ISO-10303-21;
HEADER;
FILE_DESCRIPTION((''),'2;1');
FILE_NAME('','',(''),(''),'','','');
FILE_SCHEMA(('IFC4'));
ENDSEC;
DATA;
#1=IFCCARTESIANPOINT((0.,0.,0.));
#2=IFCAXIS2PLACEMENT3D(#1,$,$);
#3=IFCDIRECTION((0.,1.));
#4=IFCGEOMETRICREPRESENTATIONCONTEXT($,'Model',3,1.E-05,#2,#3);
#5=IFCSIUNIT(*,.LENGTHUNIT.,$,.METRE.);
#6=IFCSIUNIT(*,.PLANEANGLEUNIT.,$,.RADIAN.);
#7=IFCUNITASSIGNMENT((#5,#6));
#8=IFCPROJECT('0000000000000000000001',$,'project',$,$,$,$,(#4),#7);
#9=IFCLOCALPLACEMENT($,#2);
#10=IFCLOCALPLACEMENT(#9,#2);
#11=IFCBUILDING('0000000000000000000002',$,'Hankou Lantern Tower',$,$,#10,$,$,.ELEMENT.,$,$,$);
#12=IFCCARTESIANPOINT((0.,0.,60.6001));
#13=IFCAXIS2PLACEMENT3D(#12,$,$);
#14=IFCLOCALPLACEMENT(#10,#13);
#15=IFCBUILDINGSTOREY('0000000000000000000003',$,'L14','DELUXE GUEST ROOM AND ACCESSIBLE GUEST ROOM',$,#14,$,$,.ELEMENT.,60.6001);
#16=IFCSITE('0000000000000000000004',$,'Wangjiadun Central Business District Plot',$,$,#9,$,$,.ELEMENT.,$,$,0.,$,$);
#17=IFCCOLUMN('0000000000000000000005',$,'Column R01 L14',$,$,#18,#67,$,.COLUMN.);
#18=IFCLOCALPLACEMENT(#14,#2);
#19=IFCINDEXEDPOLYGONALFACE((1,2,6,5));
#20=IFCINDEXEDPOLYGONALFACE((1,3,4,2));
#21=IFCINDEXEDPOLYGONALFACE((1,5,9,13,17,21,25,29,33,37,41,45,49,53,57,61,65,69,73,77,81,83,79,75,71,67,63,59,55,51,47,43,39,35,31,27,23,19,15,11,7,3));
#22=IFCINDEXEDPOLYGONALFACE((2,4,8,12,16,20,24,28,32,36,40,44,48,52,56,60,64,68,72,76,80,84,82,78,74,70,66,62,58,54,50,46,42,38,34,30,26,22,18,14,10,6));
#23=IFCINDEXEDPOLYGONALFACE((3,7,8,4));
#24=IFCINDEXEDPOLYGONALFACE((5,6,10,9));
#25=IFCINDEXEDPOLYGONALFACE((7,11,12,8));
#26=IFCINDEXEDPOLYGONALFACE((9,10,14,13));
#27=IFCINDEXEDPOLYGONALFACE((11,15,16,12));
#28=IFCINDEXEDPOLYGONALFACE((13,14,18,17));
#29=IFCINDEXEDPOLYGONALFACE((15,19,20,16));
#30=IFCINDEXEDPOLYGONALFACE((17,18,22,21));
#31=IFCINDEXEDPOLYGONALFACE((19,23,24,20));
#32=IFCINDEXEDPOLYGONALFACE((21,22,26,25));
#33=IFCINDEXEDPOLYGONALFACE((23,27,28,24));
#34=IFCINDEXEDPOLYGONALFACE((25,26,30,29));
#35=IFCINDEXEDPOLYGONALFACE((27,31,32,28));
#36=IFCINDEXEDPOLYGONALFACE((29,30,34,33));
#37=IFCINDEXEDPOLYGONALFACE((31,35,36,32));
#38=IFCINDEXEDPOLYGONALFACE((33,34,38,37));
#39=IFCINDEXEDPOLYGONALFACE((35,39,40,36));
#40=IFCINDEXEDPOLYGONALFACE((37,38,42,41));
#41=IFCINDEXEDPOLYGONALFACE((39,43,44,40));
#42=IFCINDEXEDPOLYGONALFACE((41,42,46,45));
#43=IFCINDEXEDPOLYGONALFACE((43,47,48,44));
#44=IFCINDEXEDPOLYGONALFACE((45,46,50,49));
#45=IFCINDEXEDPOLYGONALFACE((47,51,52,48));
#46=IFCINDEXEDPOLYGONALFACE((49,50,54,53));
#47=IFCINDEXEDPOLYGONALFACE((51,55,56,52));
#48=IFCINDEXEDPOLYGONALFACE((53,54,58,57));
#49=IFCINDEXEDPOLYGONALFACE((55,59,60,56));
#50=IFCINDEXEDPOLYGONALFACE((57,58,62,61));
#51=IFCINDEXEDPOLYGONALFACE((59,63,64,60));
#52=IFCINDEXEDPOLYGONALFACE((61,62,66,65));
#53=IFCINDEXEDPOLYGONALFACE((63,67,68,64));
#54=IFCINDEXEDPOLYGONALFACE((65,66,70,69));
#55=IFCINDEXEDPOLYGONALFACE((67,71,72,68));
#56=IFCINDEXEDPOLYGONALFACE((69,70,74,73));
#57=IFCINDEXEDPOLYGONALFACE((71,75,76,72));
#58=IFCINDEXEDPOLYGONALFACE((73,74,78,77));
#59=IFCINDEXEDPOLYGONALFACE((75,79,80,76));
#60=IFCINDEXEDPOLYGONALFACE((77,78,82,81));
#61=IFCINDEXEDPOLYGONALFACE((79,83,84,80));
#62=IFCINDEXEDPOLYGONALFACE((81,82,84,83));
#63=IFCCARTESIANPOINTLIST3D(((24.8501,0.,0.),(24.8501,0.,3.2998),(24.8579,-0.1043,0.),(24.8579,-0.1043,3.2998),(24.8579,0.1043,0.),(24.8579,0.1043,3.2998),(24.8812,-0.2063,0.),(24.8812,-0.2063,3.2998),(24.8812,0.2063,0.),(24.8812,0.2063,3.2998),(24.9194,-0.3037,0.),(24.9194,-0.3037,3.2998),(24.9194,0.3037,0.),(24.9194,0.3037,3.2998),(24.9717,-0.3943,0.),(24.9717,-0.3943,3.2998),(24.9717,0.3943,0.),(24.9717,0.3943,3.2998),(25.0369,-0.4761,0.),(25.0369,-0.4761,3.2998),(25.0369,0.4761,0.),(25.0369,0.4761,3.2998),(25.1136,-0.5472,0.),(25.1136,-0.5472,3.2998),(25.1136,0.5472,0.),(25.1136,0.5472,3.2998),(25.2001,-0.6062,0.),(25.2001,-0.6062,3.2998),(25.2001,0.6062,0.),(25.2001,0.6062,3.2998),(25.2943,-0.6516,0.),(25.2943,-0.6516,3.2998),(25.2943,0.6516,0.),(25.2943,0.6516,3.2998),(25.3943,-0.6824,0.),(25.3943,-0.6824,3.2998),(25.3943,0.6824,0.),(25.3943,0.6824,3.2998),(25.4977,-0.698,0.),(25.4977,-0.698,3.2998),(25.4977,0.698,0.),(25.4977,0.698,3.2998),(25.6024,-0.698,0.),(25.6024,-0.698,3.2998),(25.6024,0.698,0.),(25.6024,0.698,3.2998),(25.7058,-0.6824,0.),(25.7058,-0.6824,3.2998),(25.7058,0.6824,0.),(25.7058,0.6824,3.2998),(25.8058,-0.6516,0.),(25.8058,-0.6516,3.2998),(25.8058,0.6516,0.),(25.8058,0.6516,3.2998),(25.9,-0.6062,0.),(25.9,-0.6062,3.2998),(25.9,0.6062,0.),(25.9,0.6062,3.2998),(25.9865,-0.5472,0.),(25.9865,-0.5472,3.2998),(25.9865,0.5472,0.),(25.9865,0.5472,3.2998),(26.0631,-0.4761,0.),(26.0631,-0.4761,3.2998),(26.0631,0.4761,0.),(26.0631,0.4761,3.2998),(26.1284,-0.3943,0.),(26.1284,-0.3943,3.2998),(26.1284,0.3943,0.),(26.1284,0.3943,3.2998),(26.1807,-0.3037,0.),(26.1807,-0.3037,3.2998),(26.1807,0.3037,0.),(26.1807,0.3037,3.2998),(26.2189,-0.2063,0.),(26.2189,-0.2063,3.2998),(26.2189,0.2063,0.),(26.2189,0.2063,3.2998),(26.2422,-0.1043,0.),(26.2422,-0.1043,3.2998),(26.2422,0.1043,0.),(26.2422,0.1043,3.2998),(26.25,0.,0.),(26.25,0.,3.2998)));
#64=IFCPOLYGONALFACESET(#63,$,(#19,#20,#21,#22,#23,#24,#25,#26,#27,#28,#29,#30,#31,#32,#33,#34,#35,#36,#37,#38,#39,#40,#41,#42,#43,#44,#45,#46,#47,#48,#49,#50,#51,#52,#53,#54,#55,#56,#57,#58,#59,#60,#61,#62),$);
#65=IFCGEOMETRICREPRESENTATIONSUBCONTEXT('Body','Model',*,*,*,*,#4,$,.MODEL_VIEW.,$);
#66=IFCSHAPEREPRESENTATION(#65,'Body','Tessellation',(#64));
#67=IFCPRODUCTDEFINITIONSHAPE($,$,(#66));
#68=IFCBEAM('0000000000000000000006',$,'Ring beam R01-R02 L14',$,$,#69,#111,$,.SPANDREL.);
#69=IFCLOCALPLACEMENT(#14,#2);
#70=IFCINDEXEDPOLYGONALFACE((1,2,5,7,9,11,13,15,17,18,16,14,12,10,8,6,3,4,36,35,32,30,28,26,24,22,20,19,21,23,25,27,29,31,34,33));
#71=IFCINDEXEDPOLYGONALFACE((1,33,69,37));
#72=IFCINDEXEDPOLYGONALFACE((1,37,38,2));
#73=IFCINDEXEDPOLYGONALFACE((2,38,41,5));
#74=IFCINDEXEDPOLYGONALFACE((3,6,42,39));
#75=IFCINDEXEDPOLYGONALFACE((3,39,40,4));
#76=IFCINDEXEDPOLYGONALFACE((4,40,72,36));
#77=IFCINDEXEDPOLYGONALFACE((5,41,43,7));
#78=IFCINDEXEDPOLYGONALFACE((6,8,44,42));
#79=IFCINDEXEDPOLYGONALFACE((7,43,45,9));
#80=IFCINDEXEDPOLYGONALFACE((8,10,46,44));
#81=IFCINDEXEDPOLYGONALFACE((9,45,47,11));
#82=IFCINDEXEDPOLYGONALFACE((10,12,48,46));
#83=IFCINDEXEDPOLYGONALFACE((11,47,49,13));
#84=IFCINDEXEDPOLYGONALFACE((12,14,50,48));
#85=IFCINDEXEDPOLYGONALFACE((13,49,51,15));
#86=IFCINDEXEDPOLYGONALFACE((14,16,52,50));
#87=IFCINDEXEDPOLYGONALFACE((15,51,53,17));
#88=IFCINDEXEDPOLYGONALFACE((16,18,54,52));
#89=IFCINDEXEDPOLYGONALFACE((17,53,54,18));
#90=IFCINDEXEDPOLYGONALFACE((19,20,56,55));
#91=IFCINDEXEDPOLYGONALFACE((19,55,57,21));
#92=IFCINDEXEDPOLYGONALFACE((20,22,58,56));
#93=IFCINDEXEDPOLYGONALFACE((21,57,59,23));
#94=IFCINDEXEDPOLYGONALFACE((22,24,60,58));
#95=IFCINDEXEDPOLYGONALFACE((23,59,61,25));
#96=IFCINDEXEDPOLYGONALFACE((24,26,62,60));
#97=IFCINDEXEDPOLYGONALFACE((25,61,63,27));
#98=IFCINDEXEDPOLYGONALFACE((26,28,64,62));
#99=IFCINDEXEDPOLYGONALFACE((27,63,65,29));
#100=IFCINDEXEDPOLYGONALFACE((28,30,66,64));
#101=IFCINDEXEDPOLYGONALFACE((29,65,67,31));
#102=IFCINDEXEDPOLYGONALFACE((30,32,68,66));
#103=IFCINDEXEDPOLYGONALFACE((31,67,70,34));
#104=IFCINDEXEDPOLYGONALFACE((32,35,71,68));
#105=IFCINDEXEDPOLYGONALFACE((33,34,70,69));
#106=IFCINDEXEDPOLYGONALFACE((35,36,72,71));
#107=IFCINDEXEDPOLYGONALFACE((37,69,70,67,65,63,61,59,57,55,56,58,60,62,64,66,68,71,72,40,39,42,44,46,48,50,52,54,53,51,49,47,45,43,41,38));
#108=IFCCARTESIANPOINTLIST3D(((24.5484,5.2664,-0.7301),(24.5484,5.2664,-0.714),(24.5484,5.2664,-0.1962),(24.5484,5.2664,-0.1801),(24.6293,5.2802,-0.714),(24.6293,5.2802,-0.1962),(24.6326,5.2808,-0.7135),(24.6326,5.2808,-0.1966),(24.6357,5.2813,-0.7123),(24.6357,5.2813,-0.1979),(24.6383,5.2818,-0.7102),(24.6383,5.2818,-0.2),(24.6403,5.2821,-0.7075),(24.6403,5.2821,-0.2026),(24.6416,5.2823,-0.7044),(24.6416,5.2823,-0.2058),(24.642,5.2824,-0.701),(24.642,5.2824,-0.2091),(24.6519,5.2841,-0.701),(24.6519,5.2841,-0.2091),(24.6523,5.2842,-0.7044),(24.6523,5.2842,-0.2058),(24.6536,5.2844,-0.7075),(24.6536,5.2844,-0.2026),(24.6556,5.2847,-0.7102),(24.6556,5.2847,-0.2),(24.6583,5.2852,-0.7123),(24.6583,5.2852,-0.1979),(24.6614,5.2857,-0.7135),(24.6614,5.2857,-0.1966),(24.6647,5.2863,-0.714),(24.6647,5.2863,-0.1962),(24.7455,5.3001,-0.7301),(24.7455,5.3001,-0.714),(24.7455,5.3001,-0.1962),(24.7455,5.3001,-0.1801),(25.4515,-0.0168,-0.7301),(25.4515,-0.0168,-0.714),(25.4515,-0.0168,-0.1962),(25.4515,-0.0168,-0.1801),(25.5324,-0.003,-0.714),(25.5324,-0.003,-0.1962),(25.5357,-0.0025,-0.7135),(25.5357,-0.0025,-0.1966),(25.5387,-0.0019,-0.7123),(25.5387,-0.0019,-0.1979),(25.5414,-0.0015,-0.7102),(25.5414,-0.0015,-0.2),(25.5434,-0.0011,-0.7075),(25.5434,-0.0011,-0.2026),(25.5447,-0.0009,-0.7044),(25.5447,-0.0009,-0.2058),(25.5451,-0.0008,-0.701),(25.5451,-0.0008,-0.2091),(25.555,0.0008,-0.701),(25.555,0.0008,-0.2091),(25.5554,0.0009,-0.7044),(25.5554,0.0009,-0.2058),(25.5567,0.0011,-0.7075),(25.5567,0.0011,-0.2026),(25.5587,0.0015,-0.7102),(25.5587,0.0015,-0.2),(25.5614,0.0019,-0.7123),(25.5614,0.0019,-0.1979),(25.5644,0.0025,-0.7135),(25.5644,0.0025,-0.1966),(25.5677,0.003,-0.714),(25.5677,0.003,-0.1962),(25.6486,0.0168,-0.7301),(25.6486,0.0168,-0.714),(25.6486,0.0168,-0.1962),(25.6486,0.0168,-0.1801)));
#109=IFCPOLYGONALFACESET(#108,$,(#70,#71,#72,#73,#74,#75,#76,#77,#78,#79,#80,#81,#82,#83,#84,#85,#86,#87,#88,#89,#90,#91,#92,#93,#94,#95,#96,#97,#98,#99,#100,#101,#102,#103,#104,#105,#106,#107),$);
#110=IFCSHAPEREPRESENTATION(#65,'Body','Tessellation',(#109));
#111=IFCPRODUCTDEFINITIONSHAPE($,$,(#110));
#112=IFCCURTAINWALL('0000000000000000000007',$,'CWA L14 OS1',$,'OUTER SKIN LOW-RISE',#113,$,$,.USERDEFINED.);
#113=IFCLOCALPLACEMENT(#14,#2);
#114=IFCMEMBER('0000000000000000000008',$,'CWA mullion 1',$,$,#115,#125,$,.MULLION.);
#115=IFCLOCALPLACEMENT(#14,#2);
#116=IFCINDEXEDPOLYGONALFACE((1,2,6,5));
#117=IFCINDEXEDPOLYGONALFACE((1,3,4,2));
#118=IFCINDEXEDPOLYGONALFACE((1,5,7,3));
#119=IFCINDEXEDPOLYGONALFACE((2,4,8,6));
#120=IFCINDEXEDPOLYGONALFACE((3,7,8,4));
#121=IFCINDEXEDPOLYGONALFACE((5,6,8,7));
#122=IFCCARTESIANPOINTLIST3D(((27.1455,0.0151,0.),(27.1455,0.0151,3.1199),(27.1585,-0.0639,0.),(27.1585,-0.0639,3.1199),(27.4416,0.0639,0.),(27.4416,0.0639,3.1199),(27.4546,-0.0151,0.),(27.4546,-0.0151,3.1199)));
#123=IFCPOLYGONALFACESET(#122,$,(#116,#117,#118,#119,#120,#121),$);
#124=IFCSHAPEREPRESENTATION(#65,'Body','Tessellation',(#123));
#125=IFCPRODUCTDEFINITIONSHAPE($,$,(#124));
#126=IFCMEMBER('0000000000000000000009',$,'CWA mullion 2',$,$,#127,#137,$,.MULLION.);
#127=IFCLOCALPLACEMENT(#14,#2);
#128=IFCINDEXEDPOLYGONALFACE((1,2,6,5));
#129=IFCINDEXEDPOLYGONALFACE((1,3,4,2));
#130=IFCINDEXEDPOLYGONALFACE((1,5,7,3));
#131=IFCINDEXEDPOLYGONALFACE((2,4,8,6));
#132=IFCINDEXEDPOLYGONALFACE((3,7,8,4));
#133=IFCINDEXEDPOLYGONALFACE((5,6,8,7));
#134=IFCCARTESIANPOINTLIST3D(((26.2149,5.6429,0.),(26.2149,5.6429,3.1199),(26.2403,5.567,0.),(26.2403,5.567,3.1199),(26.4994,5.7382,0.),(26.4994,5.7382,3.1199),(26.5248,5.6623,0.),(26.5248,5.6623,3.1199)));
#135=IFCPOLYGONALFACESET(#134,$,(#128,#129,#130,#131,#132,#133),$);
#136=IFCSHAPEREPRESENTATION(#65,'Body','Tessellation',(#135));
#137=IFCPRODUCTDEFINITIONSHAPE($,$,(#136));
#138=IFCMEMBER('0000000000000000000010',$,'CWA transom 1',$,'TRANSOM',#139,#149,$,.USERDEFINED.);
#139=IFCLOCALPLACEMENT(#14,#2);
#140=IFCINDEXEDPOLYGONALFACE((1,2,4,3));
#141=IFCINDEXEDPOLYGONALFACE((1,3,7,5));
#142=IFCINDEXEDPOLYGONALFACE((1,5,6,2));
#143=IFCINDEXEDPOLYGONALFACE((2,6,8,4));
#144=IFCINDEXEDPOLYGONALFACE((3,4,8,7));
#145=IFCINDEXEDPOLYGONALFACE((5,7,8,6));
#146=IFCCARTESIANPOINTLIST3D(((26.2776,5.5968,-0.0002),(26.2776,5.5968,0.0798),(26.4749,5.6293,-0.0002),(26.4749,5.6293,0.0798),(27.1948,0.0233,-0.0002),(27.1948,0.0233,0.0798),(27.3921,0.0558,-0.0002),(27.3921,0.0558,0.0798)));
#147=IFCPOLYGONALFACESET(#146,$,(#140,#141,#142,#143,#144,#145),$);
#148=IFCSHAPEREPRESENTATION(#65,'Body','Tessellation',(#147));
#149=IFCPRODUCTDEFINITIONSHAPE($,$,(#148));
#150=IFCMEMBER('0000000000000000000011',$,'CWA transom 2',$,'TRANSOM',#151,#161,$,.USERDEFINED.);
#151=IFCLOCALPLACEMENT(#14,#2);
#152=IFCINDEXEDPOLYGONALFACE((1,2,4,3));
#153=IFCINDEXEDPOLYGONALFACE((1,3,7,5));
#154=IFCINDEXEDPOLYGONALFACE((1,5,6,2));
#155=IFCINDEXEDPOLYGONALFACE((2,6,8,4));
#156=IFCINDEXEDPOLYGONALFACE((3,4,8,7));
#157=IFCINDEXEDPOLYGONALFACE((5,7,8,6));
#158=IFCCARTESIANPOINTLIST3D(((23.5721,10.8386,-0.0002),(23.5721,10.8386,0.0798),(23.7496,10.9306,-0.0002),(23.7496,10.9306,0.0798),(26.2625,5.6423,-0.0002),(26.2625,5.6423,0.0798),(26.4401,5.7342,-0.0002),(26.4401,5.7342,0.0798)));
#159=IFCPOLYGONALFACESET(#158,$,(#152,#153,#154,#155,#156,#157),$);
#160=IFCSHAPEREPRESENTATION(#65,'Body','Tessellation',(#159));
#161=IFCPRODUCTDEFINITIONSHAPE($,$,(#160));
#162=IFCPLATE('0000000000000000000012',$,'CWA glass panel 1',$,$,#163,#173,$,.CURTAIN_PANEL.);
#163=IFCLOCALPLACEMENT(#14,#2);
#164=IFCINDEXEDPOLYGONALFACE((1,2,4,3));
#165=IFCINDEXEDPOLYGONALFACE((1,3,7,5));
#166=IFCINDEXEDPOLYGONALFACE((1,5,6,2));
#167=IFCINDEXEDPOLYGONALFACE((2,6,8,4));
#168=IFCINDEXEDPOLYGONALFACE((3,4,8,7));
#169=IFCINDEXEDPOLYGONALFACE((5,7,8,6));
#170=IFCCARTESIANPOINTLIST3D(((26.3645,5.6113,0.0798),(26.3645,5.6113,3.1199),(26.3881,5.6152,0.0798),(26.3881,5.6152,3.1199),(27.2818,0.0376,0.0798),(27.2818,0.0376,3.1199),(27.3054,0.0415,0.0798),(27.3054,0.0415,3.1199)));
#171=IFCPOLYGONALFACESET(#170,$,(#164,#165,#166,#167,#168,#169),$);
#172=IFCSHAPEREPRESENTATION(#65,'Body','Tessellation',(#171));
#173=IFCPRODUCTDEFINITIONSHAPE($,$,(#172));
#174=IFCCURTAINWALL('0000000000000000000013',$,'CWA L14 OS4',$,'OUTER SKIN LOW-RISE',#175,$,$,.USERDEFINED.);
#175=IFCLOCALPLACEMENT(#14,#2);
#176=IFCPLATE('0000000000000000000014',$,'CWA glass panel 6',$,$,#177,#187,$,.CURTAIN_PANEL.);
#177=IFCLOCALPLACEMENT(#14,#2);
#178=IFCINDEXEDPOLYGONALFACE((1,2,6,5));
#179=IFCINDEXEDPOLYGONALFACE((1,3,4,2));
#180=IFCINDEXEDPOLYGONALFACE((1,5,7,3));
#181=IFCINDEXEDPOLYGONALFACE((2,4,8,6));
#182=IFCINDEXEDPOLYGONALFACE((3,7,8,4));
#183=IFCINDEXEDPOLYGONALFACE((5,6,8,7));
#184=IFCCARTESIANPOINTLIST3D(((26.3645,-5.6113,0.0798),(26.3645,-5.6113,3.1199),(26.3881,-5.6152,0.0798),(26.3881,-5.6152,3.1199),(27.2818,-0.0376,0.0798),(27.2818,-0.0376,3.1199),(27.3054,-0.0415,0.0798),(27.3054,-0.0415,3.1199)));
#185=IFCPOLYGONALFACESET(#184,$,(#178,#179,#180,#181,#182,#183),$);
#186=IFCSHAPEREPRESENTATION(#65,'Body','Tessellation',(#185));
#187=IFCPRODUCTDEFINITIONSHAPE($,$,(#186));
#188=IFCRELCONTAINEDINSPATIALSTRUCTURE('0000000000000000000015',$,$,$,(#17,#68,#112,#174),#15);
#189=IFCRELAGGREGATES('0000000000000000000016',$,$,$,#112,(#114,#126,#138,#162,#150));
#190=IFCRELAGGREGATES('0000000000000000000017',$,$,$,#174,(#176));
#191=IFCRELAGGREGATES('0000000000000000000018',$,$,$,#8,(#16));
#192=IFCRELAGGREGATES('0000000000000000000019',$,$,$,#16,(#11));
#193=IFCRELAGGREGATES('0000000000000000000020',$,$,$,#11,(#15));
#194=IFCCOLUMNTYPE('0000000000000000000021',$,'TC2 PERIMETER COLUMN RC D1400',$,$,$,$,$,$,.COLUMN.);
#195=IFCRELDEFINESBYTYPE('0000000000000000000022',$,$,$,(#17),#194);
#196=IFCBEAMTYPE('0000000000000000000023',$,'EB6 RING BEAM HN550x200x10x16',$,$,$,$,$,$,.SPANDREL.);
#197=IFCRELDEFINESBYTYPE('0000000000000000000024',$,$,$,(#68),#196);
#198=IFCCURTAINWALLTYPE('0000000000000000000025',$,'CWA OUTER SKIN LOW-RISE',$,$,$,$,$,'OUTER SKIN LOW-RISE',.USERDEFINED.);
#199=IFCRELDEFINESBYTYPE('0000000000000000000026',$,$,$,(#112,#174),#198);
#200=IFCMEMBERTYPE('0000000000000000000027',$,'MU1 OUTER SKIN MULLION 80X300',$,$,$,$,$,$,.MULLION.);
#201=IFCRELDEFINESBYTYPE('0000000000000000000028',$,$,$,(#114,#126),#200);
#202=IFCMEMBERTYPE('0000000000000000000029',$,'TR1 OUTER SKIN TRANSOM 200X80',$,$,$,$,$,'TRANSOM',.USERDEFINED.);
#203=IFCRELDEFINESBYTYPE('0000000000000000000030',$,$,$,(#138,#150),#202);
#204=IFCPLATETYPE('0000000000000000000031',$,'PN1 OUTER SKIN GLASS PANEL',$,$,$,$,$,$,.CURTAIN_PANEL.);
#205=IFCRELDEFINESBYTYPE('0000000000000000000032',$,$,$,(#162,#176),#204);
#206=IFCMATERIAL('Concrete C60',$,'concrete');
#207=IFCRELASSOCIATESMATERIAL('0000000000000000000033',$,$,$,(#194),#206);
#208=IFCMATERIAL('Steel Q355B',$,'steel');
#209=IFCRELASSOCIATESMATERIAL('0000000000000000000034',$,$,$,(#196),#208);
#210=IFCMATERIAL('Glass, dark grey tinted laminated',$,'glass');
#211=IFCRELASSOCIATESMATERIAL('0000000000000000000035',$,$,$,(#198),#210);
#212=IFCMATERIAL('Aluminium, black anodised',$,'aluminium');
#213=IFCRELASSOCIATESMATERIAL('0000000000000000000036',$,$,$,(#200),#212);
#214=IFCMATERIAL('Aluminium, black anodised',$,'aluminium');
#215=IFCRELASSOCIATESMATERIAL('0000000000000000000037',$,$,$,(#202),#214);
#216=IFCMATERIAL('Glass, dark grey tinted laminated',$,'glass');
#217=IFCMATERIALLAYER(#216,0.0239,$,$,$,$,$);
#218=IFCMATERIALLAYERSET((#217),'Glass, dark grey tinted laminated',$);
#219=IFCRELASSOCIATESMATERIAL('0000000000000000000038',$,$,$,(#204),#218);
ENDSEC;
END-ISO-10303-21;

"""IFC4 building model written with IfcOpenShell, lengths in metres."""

from ifc_helpers import new_model, si_unit, direction, frame, origin, origin_2d, place, context, subcontext, project, spatial, rectangle, circle, i_section, extrude, material, layer, layer_set, material_profile, profile_set, type_object, element, aggregate, save


model = new_model("IFC4")

# Units and contexts
model_context = context("Model", 3, precision=1e-05, world=origin(), true_north=direction((0.0, 1.0)))
body_context = subcontext(model_context, "Body", "Model", "MODEL_VIEW")
ifc_project = project(units=[si_unit("LENGTHUNIT", "METRE"), si_unit("PLANEANGLEUNIT", "RADIAN")], contexts=[model_context])

# Site, building, storey
site_placement = place(None, origin())
site = spatial("IfcSite", under=ifc_project, at=site_placement, Name="Wangjiadun Central Business District Plot", CompositionType="ELEMENT", RefElevation=0.0)
building_placement = place(site_placement, origin())
building = spatial("IfcBuilding", under=site, at=building_placement, Name="Hankou Lantern Tower", CompositionType="ELEMENT")
storey_placement = place(building_placement, frame((0.0, 0.0, 60.6001)))
storey = spatial("IfcBuildingStorey", under=building, at=storey_placement, Name="L14", Description="DELUXE GUEST ROOM AND ACCESSIBLE GUEST ROOM", CompositionType="ELEMENT", Elevation=60.6001)

# Column
ifc_material_1 = material(Name="Concrete C60", Category="concrete")
ifc_material_profile_1 = material_profile(ifc_material_1, circle(Radius=0.7, at=origin_2d()), Name="RC D1400")
ifc_profile_set_1 = profile_set([ifc_material_profile_1], Name="Concrete C60")
column_type = type_object("IfcColumnType", Name="TC2 PERIMETER COLUMN RC D1400", PredefinedType="COLUMN", material=ifc_profile_set_1)
column_placement = place(storey_placement, frame((25.55, 0.0, 0.0), z_axis=(0.0, 0.0, 1.0), x_axis=(1.0, 0.0, 0.0)))
element("IfcColumn", 1, at=column_placement, inside=storey, type_object=column_type, Name="Column R01 L14", PredefinedType="COLUMN", context=body_context, shape_type="SweptSolid", body=[
    extrude(circle(Radius=0.7, at=origin_2d()), origin(), (0.0, 0.0, 1.0), 3.2998),
])

# Beam
ifc_material_2 = material(Name="Steel Q355B", Category="steel")
ifc_material_profile_2 = material_profile(ifc_material_2, i_section(OverallWidth=0.2, OverallDepth=0.55, WebThickness=0.01, FlangeThickness=0.0161, FilletRadius=0.0129, at=origin_2d()), Name="HN550x200x10x16")
ifc_profile_set_2 = profile_set([ifc_material_profile_2], Name="Steel Q355B")
beam_type = type_object("IfcBeamType", Name="EB6 RING BEAM HN550x200x10x16", PredefinedType="SPANDREL", material=ifc_profile_set_2)
beam_placement = place(storey_placement, frame((25.55, 0.0, -0.4551), z_axis=(-0.16849, 0.985703, 0.0), x_axis=(-0.985703, -0.16849, 0.0)))
element("IfcBeam", 2, at=beam_placement, inside=storey, type_object=beam_type, Name="Ring beam R01-R02 L14", PredefinedType="SPANDREL", context=body_context, shape_type="SweptSolid", body=[
    extrude(i_section(OverallWidth=0.2, OverallDepth=0.55, WebThickness=0.01, FlangeThickness=0.0161, FilletRadius=0.0129, at=origin_2d()), origin(), (0.0, 0.0, 1.0), 5.3599),
])

# Curtain wall, members, plate
ifc_material_3 = material(Name="Glass, dark grey tinted laminated", Category="glass")
curtain_wall_type = type_object("IfcCurtainWallType", Name="CWA OUTER SKIN LOW-RISE", ElementType="OUTER SKIN LOW-RISE", PredefinedType="USERDEFINED", material=ifc_material_3)
curtain_wall_1_placement = place(storey_placement, origin())
curtain_wall_1 = element("IfcCurtainWall", 3, at=curtain_wall_1_placement, inside=storey, type_object=curtain_wall_type, Name="CWA L14 OS1", ObjectType="OUTER SKIN LOW-RISE", PredefinedType="USERDEFINED")
ifc_material_4 = material(Name="Aluminium, black anodised", Category="aluminium")
ifc_material_profile_3 = material_profile(ifc_material_4, rectangle(XDim=0.0801, YDim=0.3, at=origin_2d()), Name="MU1 80X300")
ifc_profile_set_3 = profile_set([ifc_material_profile_3], Name="Aluminium, black anodised")
member_type_1 = type_object("IfcMemberType", Name="MU1 OUTER SKIN MULLION 80X300", PredefinedType="MULLION", material=ifc_profile_set_3)
member_1_placement = place(storey_placement, frame((27.3, 0.0, 0.0), z_axis=(0.0, 0.0, 1.0), x_axis=(-0.162382, 0.986728, 0.0)))
member_1 = element("IfcMember", 4, at=member_1_placement, type_object=member_type_1, Name="CWA mullion 1", PredefinedType="MULLION", context=body_context, shape_type="SweptSolid", body=[
    extrude(rectangle(XDim=0.0801, YDim=0.3, at=origin_2d()), origin(), (0.0, 0.0, 1.0), 3.1199),
])
member_2_placement = place(storey_placement, frame((26.3699, 5.6526, 0.0), z_axis=(0.0, 0.0, 1.0), x_axis=(-0.317596, 0.948226, 0.0)))
member_2 = element("IfcMember", 5, at=member_2_placement, type_object=member_type_1, Name="CWA mullion 2", PredefinedType="MULLION", context=body_context, shape_type="SweptSolid", body=[
    extrude(rectangle(XDim=0.0801, YDim=0.3, at=origin_2d()), origin(), (0.0, 0.0, 1.0), 3.1199),
])
ifc_material_5 = material(Name="Aluminium, black anodised", Category="aluminium")
ifc_material_profile_4 = material_profile(ifc_material_5, rectangle(XDim=0.2, YDim=0.0801, at=origin_2d()), Name="TR1 200X80")
ifc_profile_set_4 = profile_set([ifc_material_profile_4], Name="Aluminium, black anodised")
member_type_2 = type_object("IfcMemberType", Name="TR1 OUTER SKIN TRANSOM 200X80", ElementType="TRANSOM", PredefinedType="USERDEFINED", material=ifc_profile_set_4)
member_3_placement = place(storey_placement, frame((27.2935, 0.0396, 0.0398), z_axis=(-0.162387, 0.986727, 0.0), x_axis=(-0.986727, -0.162387, 0.0)))
member_3 = element("IfcMember", 6, at=member_3_placement, type_object=member_type_2, Name="CWA transom 1", ObjectType="TRANSOM", PredefinedType="USERDEFINED", context=body_context, shape_type="SweptSolid", body=[
    extrude(rectangle(XDim=0.2, YDim=0.0801, at=origin_2d()), origin(), (0.0, 0.0, 1.0), 5.6484),
])
member_4_placement = place(storey_placement, frame((26.3513, 5.6882, 0.0398), z_axis=(-0.459786, 0.88803, 0.0), x_axis=(-0.88803, -0.459786, 0.0)))
member_4 = element("IfcMember", 7, at=member_4_placement, type_object=member_type_2, Name="CWA transom 2", ObjectType="TRANSOM", PredefinedType="USERDEFINED", context=body_context, shape_type="SweptSolid", body=[
    extrude(rectangle(XDim=0.2, YDim=0.0801, at=origin_2d()), origin(), (0.0, 0.0, 1.0), 5.8516),
])
ifc_material_6 = material(Name="Glass, dark grey tinted laminated", Category="glass")
ifc_layer_1 = layer(ifc_material_6, 0.0239)
ifc_layer_set_1 = layer_set([ifc_layer_1], Name="Glass, dark grey tinted laminated")
plate_type = type_object("IfcPlateType", Name="PN1 OUTER SKIN GLASS PANEL", PredefinedType="CURTAIN_PANEL", material=ifc_layer_set_1)
plate_1_placement = place(storey_placement, frame((26.835, 2.8264, 0.0798), z_axis=(0.0, 0.0, 1.0), x_axis=(-0.162382, 0.986728, 0.0)))
plate_1 = element("IfcPlate", 8, at=plate_1_placement, type_object=plate_type, Name="CWA glass panel 1", PredefinedType="CURTAIN_PANEL", context=body_context, shape_type="SweptSolid", body=[
    extrude(rectangle(XDim=5.6487, YDim=0.0239, at=origin_2d()), origin(), (0.0, 0.0, 1.0), 3.04),
])
aggregate(curtain_wall_1, [member_1, member_2, member_3, plate_1, member_4])

# Curtain wall, plate
curtain_wall_2_placement = place(storey_placement, origin())
curtain_wall_2 = element("IfcCurtainWall", 9, at=curtain_wall_2_placement, inside=storey, type_object=curtain_wall_type, Name="CWA L14 OS4", ObjectType="OUTER SKIN LOW-RISE", PredefinedType="USERDEFINED")
plate_2_placement = place(storey_placement, frame((26.835, -2.8264, 0.0798), z_axis=(0.0, 0.0, 1.0), x_axis=(0.162382, 0.986728, 0.0)))
plate_2 = element("IfcPlate", 10, at=plate_2_placement, type_object=plate_type, Name="CWA glass panel 6", PredefinedType="CURTAIN_PANEL", context=body_context, shape_type="SweptSolid", body=[
    extrude(rectangle(XDim=5.6487, YDim=0.0239, at=origin_2d()), origin(), (0.0, 0.0, 1.0), 3.04),
])
aggregate(curtain_wall_2, [plate_2])

save(model, "model.ifc")
